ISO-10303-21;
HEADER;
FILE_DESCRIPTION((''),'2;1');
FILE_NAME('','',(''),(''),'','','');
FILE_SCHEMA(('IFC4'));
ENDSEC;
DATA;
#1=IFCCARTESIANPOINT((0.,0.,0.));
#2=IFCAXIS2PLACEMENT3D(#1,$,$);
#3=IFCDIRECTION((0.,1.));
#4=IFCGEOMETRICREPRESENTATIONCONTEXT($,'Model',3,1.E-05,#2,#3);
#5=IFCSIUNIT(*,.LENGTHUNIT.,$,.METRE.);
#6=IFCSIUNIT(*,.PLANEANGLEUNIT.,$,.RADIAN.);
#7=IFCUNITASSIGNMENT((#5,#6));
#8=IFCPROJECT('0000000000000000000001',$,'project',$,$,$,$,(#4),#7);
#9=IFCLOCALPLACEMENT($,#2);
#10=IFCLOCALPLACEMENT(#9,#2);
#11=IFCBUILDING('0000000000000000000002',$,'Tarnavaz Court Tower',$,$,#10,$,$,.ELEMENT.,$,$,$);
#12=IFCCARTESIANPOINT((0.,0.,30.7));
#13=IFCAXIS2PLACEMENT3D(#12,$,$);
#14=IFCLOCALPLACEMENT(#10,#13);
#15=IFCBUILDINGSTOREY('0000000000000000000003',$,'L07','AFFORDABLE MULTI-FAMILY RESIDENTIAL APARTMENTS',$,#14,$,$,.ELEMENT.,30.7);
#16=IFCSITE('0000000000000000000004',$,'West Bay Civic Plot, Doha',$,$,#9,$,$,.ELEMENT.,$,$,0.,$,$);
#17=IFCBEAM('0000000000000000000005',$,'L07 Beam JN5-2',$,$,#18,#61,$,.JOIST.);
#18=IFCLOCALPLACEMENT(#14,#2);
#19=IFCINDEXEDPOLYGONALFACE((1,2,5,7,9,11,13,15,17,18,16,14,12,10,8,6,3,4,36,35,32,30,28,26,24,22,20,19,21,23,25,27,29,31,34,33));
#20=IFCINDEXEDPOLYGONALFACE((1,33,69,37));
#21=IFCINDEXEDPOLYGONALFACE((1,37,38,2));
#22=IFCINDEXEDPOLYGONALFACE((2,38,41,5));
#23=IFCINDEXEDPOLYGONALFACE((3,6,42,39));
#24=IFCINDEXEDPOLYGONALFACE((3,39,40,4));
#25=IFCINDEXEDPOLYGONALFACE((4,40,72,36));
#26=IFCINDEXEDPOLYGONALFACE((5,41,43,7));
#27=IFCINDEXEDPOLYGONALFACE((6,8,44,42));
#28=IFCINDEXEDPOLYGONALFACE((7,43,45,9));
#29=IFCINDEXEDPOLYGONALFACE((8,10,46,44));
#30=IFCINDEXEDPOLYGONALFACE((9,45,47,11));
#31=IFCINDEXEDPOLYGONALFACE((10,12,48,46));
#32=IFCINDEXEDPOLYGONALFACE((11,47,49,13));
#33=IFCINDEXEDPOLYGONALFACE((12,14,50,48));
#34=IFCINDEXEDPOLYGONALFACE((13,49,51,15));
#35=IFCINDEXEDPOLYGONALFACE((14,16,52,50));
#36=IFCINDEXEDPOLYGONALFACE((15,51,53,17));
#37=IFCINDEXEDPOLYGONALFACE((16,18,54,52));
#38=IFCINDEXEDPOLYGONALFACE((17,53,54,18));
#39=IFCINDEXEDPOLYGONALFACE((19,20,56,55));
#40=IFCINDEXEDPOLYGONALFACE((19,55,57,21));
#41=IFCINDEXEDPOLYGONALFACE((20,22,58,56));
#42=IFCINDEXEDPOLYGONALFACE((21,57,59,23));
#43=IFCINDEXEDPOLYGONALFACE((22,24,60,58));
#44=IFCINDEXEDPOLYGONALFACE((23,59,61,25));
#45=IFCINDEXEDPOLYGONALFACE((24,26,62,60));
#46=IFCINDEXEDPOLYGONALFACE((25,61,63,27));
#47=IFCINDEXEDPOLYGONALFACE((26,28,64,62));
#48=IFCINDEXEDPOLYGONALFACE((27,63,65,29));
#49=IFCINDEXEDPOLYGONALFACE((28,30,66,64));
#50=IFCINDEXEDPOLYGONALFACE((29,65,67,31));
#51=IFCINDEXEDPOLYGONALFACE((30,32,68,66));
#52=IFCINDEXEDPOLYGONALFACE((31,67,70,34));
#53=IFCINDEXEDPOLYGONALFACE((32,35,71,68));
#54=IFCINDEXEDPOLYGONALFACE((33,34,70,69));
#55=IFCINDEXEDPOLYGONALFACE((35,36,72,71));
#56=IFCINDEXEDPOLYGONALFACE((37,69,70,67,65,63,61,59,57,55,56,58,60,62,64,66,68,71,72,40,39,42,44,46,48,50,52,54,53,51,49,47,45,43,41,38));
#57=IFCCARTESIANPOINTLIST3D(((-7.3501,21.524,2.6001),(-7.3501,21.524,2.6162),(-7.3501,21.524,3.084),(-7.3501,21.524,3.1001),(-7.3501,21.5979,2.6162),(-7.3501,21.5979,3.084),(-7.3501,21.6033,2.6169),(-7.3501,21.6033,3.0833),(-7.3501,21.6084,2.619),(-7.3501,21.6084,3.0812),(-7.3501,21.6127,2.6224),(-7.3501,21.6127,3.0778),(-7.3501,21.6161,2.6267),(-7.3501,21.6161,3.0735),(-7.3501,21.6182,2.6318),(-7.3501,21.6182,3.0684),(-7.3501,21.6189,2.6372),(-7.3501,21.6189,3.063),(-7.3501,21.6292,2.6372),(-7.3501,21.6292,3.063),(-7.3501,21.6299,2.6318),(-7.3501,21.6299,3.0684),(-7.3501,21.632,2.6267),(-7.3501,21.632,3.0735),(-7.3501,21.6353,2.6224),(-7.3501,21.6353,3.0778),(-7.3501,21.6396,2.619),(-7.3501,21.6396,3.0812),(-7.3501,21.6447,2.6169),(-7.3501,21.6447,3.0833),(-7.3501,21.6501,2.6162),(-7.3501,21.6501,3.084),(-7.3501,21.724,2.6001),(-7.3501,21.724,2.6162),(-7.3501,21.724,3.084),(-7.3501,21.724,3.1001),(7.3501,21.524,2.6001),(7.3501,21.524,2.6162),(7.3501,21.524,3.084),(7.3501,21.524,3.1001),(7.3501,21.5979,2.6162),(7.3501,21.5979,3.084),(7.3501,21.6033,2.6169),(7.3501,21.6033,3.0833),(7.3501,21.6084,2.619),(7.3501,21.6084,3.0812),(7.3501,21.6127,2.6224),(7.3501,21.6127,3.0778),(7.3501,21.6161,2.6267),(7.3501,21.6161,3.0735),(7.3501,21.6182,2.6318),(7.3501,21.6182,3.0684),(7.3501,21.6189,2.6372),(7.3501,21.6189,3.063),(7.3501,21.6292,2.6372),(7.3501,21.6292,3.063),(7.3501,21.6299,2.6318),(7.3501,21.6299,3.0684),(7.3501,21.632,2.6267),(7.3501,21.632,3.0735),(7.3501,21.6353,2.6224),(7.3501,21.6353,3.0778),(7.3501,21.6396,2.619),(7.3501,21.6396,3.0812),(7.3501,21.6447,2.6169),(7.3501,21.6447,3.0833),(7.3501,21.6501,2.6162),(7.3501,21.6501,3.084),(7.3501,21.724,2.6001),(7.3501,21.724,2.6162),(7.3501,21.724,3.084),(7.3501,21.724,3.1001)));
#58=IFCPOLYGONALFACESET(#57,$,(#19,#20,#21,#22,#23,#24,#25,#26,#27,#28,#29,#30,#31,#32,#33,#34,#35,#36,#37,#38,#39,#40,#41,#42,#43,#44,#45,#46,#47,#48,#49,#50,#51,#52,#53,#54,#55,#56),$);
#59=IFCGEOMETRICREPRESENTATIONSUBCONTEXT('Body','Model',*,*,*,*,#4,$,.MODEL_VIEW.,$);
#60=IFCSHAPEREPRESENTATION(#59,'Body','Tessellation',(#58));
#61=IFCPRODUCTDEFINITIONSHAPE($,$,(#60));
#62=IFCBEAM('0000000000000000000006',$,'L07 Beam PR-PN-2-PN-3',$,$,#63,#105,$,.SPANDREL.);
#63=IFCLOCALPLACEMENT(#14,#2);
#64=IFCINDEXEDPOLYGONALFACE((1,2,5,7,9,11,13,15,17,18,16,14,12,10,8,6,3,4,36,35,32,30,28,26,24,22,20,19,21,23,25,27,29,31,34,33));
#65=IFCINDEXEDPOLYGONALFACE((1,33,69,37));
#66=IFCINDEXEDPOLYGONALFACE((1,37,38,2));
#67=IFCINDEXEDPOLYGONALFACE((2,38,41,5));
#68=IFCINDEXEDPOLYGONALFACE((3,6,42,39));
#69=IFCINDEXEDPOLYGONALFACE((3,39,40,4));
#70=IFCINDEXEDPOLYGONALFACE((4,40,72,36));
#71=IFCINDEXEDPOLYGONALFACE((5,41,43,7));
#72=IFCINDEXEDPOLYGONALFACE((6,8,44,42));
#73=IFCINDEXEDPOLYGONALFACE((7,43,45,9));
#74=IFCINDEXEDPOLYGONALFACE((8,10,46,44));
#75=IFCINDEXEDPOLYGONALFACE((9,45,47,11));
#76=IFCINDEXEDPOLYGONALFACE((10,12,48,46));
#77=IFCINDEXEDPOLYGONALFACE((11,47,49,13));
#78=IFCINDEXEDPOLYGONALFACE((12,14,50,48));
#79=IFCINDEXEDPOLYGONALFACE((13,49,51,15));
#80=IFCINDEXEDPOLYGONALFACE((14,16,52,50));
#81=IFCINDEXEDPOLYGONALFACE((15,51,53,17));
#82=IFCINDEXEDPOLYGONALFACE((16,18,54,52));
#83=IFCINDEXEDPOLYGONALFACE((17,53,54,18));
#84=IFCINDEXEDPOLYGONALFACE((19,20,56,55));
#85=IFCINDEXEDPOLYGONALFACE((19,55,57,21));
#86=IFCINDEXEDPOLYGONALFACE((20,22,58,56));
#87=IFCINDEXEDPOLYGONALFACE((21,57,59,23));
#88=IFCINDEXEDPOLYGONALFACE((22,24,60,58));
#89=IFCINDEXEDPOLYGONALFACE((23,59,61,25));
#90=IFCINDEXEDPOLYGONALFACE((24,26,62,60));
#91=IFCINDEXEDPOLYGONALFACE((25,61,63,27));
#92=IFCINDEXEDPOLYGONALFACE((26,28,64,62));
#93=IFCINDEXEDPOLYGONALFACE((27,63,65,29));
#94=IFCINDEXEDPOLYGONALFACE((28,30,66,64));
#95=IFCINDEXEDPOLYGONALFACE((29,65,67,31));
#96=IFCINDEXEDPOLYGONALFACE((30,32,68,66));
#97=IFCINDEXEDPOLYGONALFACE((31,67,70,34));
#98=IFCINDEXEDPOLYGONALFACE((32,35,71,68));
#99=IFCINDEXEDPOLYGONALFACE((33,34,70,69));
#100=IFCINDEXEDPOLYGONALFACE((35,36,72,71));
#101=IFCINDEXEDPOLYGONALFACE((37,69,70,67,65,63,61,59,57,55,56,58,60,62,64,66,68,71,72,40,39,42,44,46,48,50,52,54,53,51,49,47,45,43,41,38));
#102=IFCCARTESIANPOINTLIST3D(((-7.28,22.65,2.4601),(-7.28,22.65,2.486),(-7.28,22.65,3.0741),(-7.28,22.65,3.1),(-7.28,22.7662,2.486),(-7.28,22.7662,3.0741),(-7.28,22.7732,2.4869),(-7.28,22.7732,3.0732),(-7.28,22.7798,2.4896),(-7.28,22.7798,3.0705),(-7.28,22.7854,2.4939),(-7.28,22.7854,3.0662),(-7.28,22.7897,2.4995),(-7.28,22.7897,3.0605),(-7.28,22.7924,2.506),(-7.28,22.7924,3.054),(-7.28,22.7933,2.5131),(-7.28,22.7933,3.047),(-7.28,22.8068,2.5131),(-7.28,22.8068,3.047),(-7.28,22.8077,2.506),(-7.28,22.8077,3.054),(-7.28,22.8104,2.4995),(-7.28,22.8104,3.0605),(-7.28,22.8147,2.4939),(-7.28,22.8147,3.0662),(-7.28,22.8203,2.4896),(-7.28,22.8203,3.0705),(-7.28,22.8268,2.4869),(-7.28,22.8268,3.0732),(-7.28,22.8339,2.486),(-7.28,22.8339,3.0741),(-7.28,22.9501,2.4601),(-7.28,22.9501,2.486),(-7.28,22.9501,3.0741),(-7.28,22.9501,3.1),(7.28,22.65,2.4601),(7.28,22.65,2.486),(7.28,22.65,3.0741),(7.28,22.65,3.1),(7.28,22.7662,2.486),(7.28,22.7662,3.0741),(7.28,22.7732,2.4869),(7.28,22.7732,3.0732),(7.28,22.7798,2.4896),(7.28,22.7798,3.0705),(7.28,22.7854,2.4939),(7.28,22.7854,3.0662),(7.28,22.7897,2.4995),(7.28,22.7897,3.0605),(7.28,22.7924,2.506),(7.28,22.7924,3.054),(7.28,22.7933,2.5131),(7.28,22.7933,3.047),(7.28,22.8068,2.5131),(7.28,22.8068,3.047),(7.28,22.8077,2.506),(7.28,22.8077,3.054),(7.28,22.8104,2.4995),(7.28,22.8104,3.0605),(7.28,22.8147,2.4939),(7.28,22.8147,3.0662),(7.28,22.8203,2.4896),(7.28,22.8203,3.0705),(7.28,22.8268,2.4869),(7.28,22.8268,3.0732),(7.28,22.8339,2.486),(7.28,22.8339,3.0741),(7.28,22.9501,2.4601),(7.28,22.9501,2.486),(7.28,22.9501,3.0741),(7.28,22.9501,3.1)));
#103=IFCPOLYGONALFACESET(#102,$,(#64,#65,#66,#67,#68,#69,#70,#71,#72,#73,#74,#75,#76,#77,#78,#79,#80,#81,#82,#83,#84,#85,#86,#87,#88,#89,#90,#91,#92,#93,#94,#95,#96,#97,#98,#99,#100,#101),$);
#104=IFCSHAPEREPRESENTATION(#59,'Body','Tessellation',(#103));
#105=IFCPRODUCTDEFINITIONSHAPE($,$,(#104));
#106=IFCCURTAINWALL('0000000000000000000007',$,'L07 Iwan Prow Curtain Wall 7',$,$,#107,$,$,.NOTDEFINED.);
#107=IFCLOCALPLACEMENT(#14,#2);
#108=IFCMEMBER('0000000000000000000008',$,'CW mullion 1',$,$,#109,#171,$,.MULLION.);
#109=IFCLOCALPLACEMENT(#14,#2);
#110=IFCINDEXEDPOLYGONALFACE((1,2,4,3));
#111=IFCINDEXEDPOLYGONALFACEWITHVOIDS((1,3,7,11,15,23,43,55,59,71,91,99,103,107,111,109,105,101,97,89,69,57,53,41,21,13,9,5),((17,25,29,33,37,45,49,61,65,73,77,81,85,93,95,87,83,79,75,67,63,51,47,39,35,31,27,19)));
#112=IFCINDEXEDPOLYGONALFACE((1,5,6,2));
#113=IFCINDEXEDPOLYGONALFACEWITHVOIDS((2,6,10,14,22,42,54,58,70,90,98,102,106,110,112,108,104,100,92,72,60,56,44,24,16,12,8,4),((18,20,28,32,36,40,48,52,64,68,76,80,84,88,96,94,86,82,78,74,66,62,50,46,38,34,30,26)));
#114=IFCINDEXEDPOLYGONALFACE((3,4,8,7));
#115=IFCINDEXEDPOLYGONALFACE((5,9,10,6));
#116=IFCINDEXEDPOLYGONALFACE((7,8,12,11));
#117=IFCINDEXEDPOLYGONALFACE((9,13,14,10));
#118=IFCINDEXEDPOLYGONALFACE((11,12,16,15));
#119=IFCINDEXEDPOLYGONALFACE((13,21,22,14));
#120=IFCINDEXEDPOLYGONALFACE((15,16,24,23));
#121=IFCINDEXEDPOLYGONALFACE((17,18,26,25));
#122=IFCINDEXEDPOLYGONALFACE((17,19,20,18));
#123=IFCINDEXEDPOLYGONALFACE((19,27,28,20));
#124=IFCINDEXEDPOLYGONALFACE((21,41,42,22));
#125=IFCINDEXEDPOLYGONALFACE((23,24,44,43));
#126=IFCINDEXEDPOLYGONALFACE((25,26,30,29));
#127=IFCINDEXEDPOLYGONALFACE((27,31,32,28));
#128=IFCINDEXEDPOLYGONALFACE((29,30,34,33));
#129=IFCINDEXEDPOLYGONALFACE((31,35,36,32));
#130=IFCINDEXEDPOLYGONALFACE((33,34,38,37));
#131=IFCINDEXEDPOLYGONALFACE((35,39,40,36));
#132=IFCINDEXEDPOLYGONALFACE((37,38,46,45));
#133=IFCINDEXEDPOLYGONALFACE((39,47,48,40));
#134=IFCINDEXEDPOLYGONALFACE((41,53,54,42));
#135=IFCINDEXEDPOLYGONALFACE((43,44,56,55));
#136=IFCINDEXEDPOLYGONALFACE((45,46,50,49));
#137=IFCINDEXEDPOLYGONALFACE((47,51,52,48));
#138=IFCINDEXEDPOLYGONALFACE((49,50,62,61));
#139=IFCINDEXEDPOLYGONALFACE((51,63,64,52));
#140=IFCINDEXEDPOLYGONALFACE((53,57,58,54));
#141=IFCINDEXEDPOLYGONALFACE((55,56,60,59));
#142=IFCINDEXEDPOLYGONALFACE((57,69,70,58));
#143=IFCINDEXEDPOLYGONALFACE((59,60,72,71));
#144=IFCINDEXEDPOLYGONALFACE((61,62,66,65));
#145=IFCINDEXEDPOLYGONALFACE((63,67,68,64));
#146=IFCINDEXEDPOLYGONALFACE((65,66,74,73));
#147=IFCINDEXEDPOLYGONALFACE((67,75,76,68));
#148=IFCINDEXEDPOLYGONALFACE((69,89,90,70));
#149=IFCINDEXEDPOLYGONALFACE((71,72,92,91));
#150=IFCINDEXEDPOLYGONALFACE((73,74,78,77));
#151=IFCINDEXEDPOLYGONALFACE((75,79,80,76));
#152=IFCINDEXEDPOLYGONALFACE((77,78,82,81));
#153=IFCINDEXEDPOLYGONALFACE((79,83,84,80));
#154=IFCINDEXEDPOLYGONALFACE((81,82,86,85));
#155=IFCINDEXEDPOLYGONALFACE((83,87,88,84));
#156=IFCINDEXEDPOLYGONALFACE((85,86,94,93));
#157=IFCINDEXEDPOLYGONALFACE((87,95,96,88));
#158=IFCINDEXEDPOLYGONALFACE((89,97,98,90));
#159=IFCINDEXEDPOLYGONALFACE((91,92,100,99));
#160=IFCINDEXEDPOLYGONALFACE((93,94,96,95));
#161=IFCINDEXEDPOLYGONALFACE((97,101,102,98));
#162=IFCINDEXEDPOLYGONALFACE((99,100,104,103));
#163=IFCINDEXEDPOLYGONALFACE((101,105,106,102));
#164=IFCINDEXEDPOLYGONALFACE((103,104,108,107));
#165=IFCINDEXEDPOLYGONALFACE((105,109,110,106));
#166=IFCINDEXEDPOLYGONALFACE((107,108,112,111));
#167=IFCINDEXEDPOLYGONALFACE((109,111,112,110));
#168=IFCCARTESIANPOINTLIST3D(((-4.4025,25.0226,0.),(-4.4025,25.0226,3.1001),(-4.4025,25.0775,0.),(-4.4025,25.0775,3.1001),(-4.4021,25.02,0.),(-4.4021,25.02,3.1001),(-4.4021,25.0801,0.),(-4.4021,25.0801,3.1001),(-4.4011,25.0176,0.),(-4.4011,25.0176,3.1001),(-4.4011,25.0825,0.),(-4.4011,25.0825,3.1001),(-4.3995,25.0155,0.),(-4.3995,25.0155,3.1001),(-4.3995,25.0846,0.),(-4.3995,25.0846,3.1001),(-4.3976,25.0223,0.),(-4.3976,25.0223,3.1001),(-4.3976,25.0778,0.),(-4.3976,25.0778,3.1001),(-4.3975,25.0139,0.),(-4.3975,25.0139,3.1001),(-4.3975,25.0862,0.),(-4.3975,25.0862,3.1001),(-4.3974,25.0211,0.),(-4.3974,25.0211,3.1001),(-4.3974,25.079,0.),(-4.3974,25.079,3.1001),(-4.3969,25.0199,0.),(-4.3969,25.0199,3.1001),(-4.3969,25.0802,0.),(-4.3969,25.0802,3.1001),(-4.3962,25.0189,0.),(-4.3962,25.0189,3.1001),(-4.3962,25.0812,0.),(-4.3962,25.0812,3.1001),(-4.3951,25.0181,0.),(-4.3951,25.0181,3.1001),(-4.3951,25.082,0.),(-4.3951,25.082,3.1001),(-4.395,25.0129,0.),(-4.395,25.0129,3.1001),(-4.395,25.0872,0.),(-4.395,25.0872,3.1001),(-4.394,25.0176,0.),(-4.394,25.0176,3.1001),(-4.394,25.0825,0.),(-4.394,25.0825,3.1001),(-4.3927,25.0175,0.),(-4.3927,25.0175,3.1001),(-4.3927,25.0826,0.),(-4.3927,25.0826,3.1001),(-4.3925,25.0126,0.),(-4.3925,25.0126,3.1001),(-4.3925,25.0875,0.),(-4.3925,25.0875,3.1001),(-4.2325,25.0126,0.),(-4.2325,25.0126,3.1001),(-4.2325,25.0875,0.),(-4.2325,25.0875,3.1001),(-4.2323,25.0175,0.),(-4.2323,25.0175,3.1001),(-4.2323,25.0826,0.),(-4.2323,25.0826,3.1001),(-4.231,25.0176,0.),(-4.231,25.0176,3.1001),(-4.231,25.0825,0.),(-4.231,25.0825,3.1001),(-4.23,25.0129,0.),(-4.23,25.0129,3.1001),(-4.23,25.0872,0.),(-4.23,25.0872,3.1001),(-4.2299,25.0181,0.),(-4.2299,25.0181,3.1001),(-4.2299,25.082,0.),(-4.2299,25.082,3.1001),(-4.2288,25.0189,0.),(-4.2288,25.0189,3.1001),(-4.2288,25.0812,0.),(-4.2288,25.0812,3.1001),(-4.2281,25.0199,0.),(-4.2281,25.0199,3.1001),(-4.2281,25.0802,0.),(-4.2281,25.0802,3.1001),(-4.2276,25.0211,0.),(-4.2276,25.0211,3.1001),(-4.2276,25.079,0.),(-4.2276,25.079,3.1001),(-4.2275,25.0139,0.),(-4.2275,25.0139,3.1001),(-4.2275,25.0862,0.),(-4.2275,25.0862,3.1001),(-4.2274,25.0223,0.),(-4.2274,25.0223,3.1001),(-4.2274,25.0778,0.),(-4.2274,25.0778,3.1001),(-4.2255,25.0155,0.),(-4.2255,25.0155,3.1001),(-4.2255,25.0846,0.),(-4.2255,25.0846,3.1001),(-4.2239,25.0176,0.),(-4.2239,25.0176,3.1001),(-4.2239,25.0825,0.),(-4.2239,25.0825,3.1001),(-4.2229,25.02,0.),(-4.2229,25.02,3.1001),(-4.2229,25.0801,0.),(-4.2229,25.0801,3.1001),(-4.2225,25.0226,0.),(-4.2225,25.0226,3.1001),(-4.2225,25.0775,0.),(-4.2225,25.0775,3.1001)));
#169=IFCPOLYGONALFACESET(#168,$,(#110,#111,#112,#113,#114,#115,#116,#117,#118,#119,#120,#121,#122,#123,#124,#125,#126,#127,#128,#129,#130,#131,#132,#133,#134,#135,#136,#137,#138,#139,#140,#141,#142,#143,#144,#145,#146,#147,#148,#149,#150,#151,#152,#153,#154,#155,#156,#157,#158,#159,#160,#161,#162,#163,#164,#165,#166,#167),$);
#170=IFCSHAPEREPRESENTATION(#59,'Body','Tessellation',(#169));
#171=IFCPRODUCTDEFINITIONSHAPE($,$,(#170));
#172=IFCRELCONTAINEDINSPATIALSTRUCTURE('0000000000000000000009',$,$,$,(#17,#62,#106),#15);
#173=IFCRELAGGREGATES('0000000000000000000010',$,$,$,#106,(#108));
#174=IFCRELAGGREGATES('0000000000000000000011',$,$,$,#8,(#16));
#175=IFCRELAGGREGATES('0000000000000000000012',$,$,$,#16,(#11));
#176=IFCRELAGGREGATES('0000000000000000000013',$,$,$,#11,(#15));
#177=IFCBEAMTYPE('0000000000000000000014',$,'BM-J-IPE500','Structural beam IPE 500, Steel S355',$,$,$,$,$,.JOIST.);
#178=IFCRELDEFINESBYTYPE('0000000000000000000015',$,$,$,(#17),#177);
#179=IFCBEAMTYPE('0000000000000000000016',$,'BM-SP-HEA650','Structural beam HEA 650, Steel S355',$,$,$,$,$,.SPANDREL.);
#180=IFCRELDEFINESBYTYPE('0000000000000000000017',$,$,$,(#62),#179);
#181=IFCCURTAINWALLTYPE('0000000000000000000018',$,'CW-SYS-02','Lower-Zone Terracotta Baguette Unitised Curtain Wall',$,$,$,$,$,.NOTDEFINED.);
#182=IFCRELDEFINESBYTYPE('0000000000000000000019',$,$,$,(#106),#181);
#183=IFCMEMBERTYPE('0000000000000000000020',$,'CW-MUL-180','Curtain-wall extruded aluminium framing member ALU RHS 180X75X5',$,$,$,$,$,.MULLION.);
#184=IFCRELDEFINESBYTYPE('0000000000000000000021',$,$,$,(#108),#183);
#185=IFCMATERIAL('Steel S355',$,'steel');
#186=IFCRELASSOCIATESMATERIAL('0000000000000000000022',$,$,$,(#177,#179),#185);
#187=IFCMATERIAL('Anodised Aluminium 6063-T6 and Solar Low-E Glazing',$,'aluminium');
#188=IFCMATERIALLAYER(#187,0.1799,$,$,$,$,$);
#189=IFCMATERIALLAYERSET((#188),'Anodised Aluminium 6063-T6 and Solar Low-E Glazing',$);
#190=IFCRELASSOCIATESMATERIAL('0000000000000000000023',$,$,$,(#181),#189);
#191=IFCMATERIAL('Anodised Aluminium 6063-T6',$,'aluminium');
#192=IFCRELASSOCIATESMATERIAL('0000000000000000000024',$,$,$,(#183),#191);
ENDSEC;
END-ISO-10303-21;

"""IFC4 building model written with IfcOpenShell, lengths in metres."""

from ifc_helpers import new_model, si_unit, direction, frame, origin, origin_2d, place, context, subcontext, project, spatial, hollow_rectangle, i_section, extrude, material, layer, layer_set, material_profile, profile_set, type_object, element, aggregate, save


model = new_model("IFC4")

# Units and contexts
model_context = context("Model", 3, precision=1e-05, world=origin(), true_north=direction((0.0, 1.0)))
body_context = subcontext(model_context, "Body", "Model", "MODEL_VIEW")
ifc_project = project(units=[si_unit("LENGTHUNIT", "METRE"), si_unit("PLANEANGLEUNIT", "RADIAN")], contexts=[model_context])

# Site, building, storey
site_placement = place(None, origin())
site = spatial("IfcSite", under=ifc_project, at=site_placement, Name="West Bay Civic Plot, Doha", CompositionType="ELEMENT", RefElevation=0.0)
building_placement = place(site_placement, origin())
building = spatial("IfcBuilding", under=site, at=building_placement, Name="Tarnavaz Court Tower", CompositionType="ELEMENT")
storey_placement = place(building_placement, frame((0.0, 0.0, 30.7)))
storey = spatial("IfcBuildingStorey", under=building, at=storey_placement, Name="L07", Description="AFFORDABLE MULTI-FAMILY RESIDENTIAL APARTMENTS", CompositionType="ELEMENT", Elevation=30.7)

# Beams
ifc_material_1 = material(Name="Steel S355", Category="steel")
ifc_material_profile_1 = material_profile(ifc_material_1, i_section(OverallWidth=0.2, OverallDepth=0.5, WebThickness=0.0103, FlangeThickness=0.0161, FilletRadius=0.021, at=origin_2d()), Name="IPE 500")
ifc_profile_set_1 = profile_set([ifc_material_profile_1], Name="Steel S355")
beam_type_1 = type_object("IfcBeamType", Name="BM-J-IPE500", Description="Structural beam IPE 500, Steel S355", PredefinedType="JOIST", material=ifc_profile_set_1)
for number, where, z_axis, x_axis, name in (
    (1, (-7.3501, 21.624, 2.8501), (1.0, 0.0, 0.0), (0.0, 1.0, 0.0), "L07 Beam JN5-2"),
):
    element("IfcBeam", number, at=place(storey_placement, frame(where, z_axis=z_axis, x_axis=x_axis)), inside=storey, type_object=beam_type_1, Name=name, PredefinedType="JOIST", context=body_context, shape_type="SweptSolid", body=[
        extrude(i_section(OverallWidth=0.2, OverallDepth=0.5, WebThickness=0.0103, FlangeThickness=0.0161, FilletRadius=0.021, at=origin_2d()), origin(), (0.0, 0.0, 1.0), 14.7002),
    ])
ifc_material_profile_2 = material_profile(ifc_material_1, i_section(OverallWidth=0.3, OverallDepth=0.6399, WebThickness=0.0134, FlangeThickness=0.0259, FilletRadius=0.0271, at=origin_2d()), Name="HEA 650")
ifc_profile_set_2 = profile_set([ifc_material_profile_2], Name="Steel S355")
beam_type_2 = type_object("IfcBeamType", Name="BM-SP-HEA650", Description="Structural beam HEA 650, Steel S355", PredefinedType="SPANDREL", material=ifc_profile_set_2)
beam_placement = place(storey_placement, frame((-7.28, 22.8, 2.78), z_axis=(1.0, 0.0, 0.0), x_axis=(0.0, 1.0, 0.0)))
element("IfcBeam", 2, at=beam_placement, inside=storey, type_object=beam_type_2, Name="L07 Beam PR-PN-2-PN-3", PredefinedType="SPANDREL", context=body_context, shape_type="SweptSolid", body=[
    extrude(i_section(OverallWidth=0.3, OverallDepth=0.6399, WebThickness=0.0134, FlangeThickness=0.0259, FilletRadius=0.0271, at=origin_2d()), origin(), (0.0, 0.0, 1.0), 14.5601),
])

# Curtain wall, member
ifc_material_2 = material(Name="Anodised Aluminium 6063-T6 and Solar Low-E Glazing", Category="aluminium")
ifc_layer_1 = layer(ifc_material_2, 0.1799)
ifc_layer_set_1 = layer_set([ifc_layer_1], Name="Anodised Aluminium 6063-T6 and Solar Low-E Glazing")
curtain_wall_type = type_object("IfcCurtainWallType", Name="CW-SYS-02", Description="Lower-Zone Terracotta Baguette Unitised Curtain Wall", PredefinedType="NOTDEFINED", material=ifc_layer_set_1)
curtain_wall_placement = place(storey_placement, origin())
curtain_wall = element("IfcCurtainWall", 3, at=curtain_wall_placement, inside=storey, type_object=curtain_wall_type, Name="L07 Iwan Prow Curtain Wall 7", PredefinedType="NOTDEFINED")
ifc_material_3 = material(Name="Anodised Aluminium 6063-T6", Category="aluminium")
ifc_material_profile_3 = material_profile(ifc_material_3, hollow_rectangle(XDim=0.075, YDim=0.1799, WallThickness=0.0049, InnerFilletRadius=0.0049, OuterFilletRadius=0.01, at=origin_2d()), Name="ALU RHS 180X75X5")
ifc_profile_set_3 = profile_set([ifc_material_profile_3], Name="Anodised Aluminium 6063-T6")
member_type_1 = type_object("IfcMemberType", Name="CW-MUL-180", Description="Curtain-wall extruded aluminium framing member ALU RHS 180X75X5", PredefinedType="MULLION", material=ifc_profile_set_3)
member_1_placement = place(storey_placement, frame((-4.3125, 25.05, 0.0), z_axis=(0.0, 0.0, 1.0), x_axis=(0.0, 1.0, 0.0)))
member_1 = element("IfcMember", 4, at=member_1_placement, type_object=member_type_1, Name="CW mullion 1", PredefinedType="MULLION", context=body_context, shape_type="SweptSolid", body=[
    extrude(hollow_rectangle(XDim=0.075, YDim=0.1799, WallThickness=0.0049, InnerFilletRadius=0.0049, OuterFilletRadius=0.01, at=origin_2d()), origin(), (0.0, 0.0, 1.0), 3.1001),
])
aggregate(curtain_wall, [member_1])

save(model, "model.ifc")
